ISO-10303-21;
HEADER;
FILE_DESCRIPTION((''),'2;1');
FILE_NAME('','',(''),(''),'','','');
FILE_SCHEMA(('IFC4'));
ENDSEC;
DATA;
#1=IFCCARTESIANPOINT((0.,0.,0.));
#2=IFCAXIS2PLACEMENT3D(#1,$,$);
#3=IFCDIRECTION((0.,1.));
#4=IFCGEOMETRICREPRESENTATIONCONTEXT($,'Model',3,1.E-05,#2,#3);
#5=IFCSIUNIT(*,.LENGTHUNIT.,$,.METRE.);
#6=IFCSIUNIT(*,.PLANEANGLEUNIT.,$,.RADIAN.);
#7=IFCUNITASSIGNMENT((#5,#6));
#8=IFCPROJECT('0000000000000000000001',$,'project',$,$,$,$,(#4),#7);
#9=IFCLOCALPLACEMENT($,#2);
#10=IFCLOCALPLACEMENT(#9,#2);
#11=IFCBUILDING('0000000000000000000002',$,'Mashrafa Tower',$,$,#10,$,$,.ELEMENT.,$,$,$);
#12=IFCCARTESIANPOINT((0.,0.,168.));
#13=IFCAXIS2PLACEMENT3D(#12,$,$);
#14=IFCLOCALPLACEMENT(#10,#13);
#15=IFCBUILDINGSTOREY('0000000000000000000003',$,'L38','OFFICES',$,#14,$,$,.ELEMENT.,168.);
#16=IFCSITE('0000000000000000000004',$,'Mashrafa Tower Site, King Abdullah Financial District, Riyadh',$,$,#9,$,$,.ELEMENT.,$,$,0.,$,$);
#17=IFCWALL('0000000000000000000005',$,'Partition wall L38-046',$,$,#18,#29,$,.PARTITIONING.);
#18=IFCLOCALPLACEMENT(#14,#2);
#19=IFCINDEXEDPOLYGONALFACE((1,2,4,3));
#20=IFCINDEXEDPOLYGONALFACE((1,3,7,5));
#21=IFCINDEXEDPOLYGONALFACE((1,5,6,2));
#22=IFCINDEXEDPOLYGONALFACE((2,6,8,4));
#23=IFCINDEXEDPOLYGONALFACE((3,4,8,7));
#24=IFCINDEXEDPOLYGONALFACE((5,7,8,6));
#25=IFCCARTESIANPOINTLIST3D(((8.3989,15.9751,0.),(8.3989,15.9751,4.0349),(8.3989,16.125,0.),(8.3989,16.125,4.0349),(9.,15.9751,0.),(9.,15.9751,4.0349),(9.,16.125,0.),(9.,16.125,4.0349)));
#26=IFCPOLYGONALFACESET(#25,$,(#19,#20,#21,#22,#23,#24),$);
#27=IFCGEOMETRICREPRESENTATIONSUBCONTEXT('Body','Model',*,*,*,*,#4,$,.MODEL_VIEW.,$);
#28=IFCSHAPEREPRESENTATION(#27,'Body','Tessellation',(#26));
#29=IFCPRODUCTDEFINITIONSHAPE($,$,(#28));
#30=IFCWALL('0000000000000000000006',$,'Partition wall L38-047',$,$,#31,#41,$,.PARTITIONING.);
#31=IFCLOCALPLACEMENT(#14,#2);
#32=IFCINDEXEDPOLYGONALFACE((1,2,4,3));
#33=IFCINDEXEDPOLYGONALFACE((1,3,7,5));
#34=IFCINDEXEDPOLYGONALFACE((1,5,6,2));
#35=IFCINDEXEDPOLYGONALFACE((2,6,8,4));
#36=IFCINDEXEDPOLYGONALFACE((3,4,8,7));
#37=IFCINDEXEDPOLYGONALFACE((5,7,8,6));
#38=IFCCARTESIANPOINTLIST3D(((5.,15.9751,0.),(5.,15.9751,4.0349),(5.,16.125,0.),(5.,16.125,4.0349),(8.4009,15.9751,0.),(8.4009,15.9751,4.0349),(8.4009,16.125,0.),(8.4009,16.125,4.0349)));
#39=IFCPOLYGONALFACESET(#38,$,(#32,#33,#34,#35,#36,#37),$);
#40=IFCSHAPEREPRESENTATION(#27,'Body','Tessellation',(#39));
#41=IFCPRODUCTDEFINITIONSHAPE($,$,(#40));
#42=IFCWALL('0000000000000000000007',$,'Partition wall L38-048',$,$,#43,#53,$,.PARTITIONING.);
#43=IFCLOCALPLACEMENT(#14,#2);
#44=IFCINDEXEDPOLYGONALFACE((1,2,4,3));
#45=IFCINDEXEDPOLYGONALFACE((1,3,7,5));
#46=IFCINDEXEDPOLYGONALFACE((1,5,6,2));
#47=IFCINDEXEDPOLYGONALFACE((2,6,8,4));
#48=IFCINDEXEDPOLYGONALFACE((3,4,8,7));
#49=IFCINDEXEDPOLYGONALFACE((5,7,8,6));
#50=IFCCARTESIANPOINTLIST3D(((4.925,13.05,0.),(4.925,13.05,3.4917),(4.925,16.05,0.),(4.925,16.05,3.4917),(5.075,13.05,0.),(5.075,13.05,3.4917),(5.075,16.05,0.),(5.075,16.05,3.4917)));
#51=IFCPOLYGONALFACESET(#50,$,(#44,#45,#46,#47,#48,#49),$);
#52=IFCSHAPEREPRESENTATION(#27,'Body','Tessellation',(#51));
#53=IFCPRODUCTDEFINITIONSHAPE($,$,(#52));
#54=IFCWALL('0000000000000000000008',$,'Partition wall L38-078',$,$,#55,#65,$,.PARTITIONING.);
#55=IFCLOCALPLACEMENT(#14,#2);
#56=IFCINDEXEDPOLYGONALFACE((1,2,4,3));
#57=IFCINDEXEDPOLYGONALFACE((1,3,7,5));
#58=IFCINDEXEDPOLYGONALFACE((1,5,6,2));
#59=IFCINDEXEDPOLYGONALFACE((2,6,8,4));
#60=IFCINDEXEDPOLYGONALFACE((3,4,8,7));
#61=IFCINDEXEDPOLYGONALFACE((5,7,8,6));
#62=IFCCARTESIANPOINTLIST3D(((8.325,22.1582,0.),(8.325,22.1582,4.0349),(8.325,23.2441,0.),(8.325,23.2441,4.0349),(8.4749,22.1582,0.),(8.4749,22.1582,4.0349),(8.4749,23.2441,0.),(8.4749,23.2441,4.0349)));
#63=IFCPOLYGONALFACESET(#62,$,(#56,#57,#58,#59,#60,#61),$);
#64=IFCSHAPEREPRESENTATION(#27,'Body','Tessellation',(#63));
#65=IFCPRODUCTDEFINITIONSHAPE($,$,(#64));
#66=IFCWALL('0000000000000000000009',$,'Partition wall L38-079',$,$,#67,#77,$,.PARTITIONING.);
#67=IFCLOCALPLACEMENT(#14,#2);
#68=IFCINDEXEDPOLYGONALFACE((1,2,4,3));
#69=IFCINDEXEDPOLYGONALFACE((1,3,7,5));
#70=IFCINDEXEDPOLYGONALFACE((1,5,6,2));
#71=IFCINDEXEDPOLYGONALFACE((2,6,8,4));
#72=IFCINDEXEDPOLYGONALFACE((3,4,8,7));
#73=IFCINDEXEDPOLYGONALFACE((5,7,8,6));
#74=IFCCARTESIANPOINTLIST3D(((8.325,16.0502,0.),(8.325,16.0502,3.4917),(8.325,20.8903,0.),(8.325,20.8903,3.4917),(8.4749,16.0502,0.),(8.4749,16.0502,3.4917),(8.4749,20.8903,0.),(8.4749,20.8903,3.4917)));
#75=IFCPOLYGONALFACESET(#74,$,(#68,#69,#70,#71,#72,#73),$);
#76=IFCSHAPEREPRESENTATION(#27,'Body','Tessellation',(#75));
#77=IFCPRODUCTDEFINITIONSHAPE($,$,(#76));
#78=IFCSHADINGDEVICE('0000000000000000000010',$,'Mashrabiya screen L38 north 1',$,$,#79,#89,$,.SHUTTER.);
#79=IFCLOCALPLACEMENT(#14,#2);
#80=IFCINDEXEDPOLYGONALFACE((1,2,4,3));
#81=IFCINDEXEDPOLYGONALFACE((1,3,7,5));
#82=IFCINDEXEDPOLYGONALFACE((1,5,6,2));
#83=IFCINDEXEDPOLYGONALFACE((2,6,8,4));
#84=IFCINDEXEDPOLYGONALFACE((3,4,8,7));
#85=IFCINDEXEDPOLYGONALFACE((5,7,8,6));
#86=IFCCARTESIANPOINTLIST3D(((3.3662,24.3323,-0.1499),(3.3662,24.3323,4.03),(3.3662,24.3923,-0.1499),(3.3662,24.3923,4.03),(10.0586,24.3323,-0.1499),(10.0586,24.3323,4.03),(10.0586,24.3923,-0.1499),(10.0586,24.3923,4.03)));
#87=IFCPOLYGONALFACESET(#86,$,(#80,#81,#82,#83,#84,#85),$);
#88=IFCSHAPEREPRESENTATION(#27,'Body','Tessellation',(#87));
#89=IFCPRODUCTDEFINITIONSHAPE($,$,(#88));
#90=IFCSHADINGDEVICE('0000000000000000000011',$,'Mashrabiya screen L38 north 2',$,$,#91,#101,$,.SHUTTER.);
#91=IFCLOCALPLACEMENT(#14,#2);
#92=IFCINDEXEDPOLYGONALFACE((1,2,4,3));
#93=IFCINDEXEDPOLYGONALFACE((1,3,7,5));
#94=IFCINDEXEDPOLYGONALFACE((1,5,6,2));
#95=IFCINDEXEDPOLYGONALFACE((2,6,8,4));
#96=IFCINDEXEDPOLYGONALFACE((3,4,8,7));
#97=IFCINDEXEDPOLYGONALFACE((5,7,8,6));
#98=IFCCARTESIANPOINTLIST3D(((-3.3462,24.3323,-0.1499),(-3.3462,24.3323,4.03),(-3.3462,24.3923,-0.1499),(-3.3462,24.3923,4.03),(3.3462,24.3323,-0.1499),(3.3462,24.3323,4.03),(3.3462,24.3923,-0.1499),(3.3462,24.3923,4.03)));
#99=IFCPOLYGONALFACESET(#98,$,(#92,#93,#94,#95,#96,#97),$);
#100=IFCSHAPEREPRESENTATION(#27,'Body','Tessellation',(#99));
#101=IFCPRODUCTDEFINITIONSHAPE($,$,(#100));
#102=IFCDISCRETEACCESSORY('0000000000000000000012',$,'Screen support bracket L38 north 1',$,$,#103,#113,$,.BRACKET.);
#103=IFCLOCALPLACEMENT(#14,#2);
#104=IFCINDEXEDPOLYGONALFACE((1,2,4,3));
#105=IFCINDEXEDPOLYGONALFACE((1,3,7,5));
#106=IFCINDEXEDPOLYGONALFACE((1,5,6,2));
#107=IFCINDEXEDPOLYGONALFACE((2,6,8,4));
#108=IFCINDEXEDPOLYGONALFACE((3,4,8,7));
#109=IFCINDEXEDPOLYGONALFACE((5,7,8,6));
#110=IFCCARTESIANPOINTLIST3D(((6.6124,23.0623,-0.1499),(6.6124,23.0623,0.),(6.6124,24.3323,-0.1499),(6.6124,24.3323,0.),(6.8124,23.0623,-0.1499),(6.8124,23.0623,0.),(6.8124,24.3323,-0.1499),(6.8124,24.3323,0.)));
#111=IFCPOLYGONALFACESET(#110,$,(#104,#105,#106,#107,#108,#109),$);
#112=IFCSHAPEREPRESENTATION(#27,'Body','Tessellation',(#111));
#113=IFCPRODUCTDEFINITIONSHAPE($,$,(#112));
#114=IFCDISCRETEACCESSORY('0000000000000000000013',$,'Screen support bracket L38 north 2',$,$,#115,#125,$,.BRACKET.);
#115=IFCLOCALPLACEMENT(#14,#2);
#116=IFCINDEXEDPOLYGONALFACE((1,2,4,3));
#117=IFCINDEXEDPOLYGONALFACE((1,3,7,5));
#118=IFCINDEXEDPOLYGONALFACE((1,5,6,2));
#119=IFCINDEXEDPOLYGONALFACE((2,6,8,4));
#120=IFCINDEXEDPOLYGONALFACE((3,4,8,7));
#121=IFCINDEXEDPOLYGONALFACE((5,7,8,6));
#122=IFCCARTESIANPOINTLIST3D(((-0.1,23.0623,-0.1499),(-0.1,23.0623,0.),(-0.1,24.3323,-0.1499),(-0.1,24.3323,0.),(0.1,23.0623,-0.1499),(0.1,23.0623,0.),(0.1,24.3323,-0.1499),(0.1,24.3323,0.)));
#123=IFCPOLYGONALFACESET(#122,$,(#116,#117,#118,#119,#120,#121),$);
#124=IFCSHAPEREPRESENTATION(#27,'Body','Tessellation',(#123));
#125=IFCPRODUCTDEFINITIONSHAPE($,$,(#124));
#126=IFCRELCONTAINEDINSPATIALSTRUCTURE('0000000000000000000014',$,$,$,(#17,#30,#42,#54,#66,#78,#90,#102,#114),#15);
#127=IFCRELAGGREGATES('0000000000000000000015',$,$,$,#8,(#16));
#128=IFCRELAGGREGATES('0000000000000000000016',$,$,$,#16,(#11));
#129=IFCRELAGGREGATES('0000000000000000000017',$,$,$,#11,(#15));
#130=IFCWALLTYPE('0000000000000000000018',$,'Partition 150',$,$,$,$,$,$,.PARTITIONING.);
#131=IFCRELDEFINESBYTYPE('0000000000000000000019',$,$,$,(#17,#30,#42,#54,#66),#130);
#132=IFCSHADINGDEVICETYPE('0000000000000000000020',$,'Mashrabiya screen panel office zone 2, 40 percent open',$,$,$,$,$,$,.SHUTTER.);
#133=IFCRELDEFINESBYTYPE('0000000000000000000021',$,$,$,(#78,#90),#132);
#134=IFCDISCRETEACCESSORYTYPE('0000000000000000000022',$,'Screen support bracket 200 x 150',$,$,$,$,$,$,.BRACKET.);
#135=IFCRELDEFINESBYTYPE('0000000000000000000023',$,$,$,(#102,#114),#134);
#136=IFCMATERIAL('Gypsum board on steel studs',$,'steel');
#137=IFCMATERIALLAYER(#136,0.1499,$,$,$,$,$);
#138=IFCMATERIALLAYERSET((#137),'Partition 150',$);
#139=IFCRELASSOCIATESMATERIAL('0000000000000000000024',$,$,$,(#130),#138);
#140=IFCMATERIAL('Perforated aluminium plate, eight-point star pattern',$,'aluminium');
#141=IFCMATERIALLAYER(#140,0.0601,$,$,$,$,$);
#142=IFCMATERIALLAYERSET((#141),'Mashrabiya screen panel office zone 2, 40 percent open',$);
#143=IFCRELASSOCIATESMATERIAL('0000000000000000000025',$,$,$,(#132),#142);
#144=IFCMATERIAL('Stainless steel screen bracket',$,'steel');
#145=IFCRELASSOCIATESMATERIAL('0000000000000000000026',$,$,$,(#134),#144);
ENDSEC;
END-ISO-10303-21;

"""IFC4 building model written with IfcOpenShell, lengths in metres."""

from ifc_helpers import new_model, si_unit, direction, frame, frame_2d, origin, origin_2d, place, context, subcontext, project, spatial, rectangle, extrude, source, transform, mapped, material, layer, layer_set, type_object, type_shapes, element, save


model = new_model("IFC4")

# Units and contexts
model_context = context("Model", 3, precision=1e-05, world=origin(), true_north=direction((0.0, 1.0)))
body_context = subcontext(model_context, "Body", "Model", "MODEL_VIEW")
ifc_project = project(units=[si_unit("LENGTHUNIT", "METRE"), si_unit("PLANEANGLEUNIT", "RADIAN")], contexts=[model_context])

# Site, building, storey
site_placement = place(None, origin())
site = spatial("IfcSite", under=ifc_project, at=site_placement, Name="Mashrafa Tower Site, King Abdullah Financial District, Riyadh", CompositionType="ELEMENT", RefElevation=0.0)
building_placement = place(site_placement, origin())
building = spatial("IfcBuilding", under=site, at=building_placement, Name="Mashrafa Tower", CompositionType="ELEMENT")
storey_placement = place(building_placement, frame((0.0, 0.0, 168.0)))
storey = spatial("IfcBuildingStorey", under=building, at=storey_placement, Name="L38", Description="OFFICES", CompositionType="ELEMENT", Elevation=168.0)

# Walls
ifc_material_1 = material(Name="Gypsum board on steel studs", Category="steel")
ifc_layer_1 = layer(ifc_material_1, 0.1499)
ifc_layer_set_1 = layer_set([ifc_layer_1], Name="Partition 150")
wall_type_1 = type_object("IfcWallType", Name="Partition 150", PredefinedType="PARTITIONING", material=ifc_layer_set_1)
wall_1_placement = place(storey_placement, frame((9.0, 16.05, 0.0), z_axis=(0.0, 0.0, 1.0), x_axis=(-1.0, 0.0, 0.0)))
element("IfcWall", 1, at=wall_1_placement, inside=storey, type_object=wall_type_1, Name="Partition wall L38-046", PredefinedType="PARTITIONING", context=body_context, shape_type="SweptSolid", body=[
    extrude(rectangle(XDim=0.6011, YDim=0.1499, at=frame_2d((0.3005, 0.0))), origin(), (0.0, 0.0, 1.0), 4.0349),
])
wall_2_placement = place(storey_placement, frame((8.4009, 16.05, 0.0), z_axis=(0.0, 0.0, 1.0), x_axis=(-1.0, 0.0, 0.0)))
element("IfcWall", 2, at=wall_2_placement, inside=storey, type_object=wall_type_1, Name="Partition wall L38-047", PredefinedType="PARTITIONING", context=body_context, shape_type="SweptSolid", body=[
    extrude(rectangle(XDim=3.4009, YDim=0.1499, at=frame_2d((1.7004, 0.0))), origin(), (0.0, 0.0, 1.0), 4.0349),
])
wall_3_placement = place(storey_placement, frame((5.0, 16.05, 0.0), z_axis=(0.0, 0.0, 1.0), x_axis=(0.0, -1.0, 0.0)))
element("IfcWall", 3, at=wall_3_placement, inside=storey, type_object=wall_type_1, Name="Partition wall L38-048", PredefinedType="PARTITIONING", context=body_context, shape_type="SweptSolid", body=[
    extrude(rectangle(XDim=3.0, YDim=0.1499, at=frame_2d((1.5, 0.0))), origin(), (0.0, 0.0, 1.0), 3.4917),
])
wall_4_placement = place(storey_placement, frame((8.3999, 23.2441, 0.0), z_axis=(0.0, 0.0, 1.0), x_axis=(0.0, -1.0, 0.0)))
element("IfcWall", 4, at=wall_4_placement, inside=storey, type_object=wall_type_1, Name="Partition wall L38-078", PredefinedType="PARTITIONING", context=body_context, shape_type="SweptSolid", body=[
    extrude(rectangle(XDim=1.0859, YDim=0.1499, at=frame_2d((0.543, 0.0))), origin(), (0.0, 0.0, 1.0), 4.0349),
])
wall_5_placement = place(storey_placement, frame((8.3999, 20.8901, 0.0), z_axis=(0.0, 0.0, 1.0), x_axis=(0.0, -1.0, 0.0)))
element("IfcWall", 5, at=wall_5_placement, inside=storey, type_object=wall_type_1, Name="Partition wall L38-079", PredefinedType="PARTITIONING", context=body_context, shape_type="SweptSolid", body=[
    extrude(rectangle(XDim=4.8401, YDim=0.1499, at=frame_2d((2.4199, 0.0))), origin(), (0.0, 0.0, 1.0), 3.4917),
])

# Shading devices
ifc_material_2 = material(Name="Perforated aluminium plate, eight-point star pattern", Category="aluminium")
ifc_layer_2 = layer(ifc_material_2, 0.0601)
ifc_layer_set_2 = layer_set([ifc_layer_2], Name="Mashrabiya screen panel office zone 2, 40 percent open")
shading_device_type = type_object("IfcShadingDeviceType", Name="Mashrabiya screen panel office zone 2, 40 percent open", PredefinedType="SHUTTER", material=ifc_layer_set_2)
shared_shape_1 = source(origin(), body_context, "Body", "SweptSolid", [
    extrude(rectangle(XDim=6.6924, YDim=0.0601, at=origin_2d()), origin(), (0.0, 0.0, 1.0), 4.1799),
])
type_shapes(shading_device_type, [shared_shape_1])
for number, where, z_axis, x_axis, name in (
    (6, (6.7124, 24.3623, -0.1499), (0.0, 0.0, 1.0), (-1.0, 0.0, 0.0), "Mashrabiya screen L38 north 1"),
    (7, (0.0, 24.3623, -0.1499), (0.0, 0.0, 1.0), (-1.0, 0.0, 0.0), "Mashrabiya screen L38 north 2"),
):
    element("IfcShadingDevice", number, at=place(storey_placement, frame(where, z_axis=z_axis, x_axis=x_axis)), inside=storey, type_object=shading_device_type, Name=name, PredefinedType="SHUTTER", context=body_context, shape_type="MappedRepresentation", body=[
        mapped(shared_shape_1, transform((0.0, 0.0, 0.0))),
    ])

# Discrete accessories
ifc_material_3 = material(Name="Stainless steel screen bracket", Category="steel")
discrete_accessory_type = type_object("IfcDiscreteAccessoryType", Name="Screen support bracket 200 x 150", PredefinedType="BRACKET", material=ifc_material_3)
shared_shape_2 = source(origin(), body_context, "Body", "SweptSolid", [
    extrude(rectangle(XDim=0.2, YDim=1.27, at=origin_2d()), origin(), (0.0, 0.0, 1.0), 0.1499),
])
type_shapes(discrete_accessory_type, [shared_shape_2])
for number, where, z_axis, x_axis, name in (
    (8, (6.7124, 23.6973, -0.1499), (0.0, 0.0, 1.0), (-1.0, 0.0, 0.0), "Screen support bracket L38 north 1"),
    (9, (0.0, 23.6973, -0.1499), (0.0, 0.0, 1.0), (-1.0, 0.0, 0.0), "Screen support bracket L38 north 2"),
):
    element("IfcDiscreteAccessory", number, at=place(storey_placement, frame(where, z_axis=z_axis, x_axis=x_axis)), inside=storey, type_object=discrete_accessory_type, Name=name, PredefinedType="BRACKET", context=body_context, shape_type="MappedRepresentation", body=[
        mapped(shared_shape_2, transform((0.0, 0.0, 0.0))),
    ])

save(model, "model.ifc")
